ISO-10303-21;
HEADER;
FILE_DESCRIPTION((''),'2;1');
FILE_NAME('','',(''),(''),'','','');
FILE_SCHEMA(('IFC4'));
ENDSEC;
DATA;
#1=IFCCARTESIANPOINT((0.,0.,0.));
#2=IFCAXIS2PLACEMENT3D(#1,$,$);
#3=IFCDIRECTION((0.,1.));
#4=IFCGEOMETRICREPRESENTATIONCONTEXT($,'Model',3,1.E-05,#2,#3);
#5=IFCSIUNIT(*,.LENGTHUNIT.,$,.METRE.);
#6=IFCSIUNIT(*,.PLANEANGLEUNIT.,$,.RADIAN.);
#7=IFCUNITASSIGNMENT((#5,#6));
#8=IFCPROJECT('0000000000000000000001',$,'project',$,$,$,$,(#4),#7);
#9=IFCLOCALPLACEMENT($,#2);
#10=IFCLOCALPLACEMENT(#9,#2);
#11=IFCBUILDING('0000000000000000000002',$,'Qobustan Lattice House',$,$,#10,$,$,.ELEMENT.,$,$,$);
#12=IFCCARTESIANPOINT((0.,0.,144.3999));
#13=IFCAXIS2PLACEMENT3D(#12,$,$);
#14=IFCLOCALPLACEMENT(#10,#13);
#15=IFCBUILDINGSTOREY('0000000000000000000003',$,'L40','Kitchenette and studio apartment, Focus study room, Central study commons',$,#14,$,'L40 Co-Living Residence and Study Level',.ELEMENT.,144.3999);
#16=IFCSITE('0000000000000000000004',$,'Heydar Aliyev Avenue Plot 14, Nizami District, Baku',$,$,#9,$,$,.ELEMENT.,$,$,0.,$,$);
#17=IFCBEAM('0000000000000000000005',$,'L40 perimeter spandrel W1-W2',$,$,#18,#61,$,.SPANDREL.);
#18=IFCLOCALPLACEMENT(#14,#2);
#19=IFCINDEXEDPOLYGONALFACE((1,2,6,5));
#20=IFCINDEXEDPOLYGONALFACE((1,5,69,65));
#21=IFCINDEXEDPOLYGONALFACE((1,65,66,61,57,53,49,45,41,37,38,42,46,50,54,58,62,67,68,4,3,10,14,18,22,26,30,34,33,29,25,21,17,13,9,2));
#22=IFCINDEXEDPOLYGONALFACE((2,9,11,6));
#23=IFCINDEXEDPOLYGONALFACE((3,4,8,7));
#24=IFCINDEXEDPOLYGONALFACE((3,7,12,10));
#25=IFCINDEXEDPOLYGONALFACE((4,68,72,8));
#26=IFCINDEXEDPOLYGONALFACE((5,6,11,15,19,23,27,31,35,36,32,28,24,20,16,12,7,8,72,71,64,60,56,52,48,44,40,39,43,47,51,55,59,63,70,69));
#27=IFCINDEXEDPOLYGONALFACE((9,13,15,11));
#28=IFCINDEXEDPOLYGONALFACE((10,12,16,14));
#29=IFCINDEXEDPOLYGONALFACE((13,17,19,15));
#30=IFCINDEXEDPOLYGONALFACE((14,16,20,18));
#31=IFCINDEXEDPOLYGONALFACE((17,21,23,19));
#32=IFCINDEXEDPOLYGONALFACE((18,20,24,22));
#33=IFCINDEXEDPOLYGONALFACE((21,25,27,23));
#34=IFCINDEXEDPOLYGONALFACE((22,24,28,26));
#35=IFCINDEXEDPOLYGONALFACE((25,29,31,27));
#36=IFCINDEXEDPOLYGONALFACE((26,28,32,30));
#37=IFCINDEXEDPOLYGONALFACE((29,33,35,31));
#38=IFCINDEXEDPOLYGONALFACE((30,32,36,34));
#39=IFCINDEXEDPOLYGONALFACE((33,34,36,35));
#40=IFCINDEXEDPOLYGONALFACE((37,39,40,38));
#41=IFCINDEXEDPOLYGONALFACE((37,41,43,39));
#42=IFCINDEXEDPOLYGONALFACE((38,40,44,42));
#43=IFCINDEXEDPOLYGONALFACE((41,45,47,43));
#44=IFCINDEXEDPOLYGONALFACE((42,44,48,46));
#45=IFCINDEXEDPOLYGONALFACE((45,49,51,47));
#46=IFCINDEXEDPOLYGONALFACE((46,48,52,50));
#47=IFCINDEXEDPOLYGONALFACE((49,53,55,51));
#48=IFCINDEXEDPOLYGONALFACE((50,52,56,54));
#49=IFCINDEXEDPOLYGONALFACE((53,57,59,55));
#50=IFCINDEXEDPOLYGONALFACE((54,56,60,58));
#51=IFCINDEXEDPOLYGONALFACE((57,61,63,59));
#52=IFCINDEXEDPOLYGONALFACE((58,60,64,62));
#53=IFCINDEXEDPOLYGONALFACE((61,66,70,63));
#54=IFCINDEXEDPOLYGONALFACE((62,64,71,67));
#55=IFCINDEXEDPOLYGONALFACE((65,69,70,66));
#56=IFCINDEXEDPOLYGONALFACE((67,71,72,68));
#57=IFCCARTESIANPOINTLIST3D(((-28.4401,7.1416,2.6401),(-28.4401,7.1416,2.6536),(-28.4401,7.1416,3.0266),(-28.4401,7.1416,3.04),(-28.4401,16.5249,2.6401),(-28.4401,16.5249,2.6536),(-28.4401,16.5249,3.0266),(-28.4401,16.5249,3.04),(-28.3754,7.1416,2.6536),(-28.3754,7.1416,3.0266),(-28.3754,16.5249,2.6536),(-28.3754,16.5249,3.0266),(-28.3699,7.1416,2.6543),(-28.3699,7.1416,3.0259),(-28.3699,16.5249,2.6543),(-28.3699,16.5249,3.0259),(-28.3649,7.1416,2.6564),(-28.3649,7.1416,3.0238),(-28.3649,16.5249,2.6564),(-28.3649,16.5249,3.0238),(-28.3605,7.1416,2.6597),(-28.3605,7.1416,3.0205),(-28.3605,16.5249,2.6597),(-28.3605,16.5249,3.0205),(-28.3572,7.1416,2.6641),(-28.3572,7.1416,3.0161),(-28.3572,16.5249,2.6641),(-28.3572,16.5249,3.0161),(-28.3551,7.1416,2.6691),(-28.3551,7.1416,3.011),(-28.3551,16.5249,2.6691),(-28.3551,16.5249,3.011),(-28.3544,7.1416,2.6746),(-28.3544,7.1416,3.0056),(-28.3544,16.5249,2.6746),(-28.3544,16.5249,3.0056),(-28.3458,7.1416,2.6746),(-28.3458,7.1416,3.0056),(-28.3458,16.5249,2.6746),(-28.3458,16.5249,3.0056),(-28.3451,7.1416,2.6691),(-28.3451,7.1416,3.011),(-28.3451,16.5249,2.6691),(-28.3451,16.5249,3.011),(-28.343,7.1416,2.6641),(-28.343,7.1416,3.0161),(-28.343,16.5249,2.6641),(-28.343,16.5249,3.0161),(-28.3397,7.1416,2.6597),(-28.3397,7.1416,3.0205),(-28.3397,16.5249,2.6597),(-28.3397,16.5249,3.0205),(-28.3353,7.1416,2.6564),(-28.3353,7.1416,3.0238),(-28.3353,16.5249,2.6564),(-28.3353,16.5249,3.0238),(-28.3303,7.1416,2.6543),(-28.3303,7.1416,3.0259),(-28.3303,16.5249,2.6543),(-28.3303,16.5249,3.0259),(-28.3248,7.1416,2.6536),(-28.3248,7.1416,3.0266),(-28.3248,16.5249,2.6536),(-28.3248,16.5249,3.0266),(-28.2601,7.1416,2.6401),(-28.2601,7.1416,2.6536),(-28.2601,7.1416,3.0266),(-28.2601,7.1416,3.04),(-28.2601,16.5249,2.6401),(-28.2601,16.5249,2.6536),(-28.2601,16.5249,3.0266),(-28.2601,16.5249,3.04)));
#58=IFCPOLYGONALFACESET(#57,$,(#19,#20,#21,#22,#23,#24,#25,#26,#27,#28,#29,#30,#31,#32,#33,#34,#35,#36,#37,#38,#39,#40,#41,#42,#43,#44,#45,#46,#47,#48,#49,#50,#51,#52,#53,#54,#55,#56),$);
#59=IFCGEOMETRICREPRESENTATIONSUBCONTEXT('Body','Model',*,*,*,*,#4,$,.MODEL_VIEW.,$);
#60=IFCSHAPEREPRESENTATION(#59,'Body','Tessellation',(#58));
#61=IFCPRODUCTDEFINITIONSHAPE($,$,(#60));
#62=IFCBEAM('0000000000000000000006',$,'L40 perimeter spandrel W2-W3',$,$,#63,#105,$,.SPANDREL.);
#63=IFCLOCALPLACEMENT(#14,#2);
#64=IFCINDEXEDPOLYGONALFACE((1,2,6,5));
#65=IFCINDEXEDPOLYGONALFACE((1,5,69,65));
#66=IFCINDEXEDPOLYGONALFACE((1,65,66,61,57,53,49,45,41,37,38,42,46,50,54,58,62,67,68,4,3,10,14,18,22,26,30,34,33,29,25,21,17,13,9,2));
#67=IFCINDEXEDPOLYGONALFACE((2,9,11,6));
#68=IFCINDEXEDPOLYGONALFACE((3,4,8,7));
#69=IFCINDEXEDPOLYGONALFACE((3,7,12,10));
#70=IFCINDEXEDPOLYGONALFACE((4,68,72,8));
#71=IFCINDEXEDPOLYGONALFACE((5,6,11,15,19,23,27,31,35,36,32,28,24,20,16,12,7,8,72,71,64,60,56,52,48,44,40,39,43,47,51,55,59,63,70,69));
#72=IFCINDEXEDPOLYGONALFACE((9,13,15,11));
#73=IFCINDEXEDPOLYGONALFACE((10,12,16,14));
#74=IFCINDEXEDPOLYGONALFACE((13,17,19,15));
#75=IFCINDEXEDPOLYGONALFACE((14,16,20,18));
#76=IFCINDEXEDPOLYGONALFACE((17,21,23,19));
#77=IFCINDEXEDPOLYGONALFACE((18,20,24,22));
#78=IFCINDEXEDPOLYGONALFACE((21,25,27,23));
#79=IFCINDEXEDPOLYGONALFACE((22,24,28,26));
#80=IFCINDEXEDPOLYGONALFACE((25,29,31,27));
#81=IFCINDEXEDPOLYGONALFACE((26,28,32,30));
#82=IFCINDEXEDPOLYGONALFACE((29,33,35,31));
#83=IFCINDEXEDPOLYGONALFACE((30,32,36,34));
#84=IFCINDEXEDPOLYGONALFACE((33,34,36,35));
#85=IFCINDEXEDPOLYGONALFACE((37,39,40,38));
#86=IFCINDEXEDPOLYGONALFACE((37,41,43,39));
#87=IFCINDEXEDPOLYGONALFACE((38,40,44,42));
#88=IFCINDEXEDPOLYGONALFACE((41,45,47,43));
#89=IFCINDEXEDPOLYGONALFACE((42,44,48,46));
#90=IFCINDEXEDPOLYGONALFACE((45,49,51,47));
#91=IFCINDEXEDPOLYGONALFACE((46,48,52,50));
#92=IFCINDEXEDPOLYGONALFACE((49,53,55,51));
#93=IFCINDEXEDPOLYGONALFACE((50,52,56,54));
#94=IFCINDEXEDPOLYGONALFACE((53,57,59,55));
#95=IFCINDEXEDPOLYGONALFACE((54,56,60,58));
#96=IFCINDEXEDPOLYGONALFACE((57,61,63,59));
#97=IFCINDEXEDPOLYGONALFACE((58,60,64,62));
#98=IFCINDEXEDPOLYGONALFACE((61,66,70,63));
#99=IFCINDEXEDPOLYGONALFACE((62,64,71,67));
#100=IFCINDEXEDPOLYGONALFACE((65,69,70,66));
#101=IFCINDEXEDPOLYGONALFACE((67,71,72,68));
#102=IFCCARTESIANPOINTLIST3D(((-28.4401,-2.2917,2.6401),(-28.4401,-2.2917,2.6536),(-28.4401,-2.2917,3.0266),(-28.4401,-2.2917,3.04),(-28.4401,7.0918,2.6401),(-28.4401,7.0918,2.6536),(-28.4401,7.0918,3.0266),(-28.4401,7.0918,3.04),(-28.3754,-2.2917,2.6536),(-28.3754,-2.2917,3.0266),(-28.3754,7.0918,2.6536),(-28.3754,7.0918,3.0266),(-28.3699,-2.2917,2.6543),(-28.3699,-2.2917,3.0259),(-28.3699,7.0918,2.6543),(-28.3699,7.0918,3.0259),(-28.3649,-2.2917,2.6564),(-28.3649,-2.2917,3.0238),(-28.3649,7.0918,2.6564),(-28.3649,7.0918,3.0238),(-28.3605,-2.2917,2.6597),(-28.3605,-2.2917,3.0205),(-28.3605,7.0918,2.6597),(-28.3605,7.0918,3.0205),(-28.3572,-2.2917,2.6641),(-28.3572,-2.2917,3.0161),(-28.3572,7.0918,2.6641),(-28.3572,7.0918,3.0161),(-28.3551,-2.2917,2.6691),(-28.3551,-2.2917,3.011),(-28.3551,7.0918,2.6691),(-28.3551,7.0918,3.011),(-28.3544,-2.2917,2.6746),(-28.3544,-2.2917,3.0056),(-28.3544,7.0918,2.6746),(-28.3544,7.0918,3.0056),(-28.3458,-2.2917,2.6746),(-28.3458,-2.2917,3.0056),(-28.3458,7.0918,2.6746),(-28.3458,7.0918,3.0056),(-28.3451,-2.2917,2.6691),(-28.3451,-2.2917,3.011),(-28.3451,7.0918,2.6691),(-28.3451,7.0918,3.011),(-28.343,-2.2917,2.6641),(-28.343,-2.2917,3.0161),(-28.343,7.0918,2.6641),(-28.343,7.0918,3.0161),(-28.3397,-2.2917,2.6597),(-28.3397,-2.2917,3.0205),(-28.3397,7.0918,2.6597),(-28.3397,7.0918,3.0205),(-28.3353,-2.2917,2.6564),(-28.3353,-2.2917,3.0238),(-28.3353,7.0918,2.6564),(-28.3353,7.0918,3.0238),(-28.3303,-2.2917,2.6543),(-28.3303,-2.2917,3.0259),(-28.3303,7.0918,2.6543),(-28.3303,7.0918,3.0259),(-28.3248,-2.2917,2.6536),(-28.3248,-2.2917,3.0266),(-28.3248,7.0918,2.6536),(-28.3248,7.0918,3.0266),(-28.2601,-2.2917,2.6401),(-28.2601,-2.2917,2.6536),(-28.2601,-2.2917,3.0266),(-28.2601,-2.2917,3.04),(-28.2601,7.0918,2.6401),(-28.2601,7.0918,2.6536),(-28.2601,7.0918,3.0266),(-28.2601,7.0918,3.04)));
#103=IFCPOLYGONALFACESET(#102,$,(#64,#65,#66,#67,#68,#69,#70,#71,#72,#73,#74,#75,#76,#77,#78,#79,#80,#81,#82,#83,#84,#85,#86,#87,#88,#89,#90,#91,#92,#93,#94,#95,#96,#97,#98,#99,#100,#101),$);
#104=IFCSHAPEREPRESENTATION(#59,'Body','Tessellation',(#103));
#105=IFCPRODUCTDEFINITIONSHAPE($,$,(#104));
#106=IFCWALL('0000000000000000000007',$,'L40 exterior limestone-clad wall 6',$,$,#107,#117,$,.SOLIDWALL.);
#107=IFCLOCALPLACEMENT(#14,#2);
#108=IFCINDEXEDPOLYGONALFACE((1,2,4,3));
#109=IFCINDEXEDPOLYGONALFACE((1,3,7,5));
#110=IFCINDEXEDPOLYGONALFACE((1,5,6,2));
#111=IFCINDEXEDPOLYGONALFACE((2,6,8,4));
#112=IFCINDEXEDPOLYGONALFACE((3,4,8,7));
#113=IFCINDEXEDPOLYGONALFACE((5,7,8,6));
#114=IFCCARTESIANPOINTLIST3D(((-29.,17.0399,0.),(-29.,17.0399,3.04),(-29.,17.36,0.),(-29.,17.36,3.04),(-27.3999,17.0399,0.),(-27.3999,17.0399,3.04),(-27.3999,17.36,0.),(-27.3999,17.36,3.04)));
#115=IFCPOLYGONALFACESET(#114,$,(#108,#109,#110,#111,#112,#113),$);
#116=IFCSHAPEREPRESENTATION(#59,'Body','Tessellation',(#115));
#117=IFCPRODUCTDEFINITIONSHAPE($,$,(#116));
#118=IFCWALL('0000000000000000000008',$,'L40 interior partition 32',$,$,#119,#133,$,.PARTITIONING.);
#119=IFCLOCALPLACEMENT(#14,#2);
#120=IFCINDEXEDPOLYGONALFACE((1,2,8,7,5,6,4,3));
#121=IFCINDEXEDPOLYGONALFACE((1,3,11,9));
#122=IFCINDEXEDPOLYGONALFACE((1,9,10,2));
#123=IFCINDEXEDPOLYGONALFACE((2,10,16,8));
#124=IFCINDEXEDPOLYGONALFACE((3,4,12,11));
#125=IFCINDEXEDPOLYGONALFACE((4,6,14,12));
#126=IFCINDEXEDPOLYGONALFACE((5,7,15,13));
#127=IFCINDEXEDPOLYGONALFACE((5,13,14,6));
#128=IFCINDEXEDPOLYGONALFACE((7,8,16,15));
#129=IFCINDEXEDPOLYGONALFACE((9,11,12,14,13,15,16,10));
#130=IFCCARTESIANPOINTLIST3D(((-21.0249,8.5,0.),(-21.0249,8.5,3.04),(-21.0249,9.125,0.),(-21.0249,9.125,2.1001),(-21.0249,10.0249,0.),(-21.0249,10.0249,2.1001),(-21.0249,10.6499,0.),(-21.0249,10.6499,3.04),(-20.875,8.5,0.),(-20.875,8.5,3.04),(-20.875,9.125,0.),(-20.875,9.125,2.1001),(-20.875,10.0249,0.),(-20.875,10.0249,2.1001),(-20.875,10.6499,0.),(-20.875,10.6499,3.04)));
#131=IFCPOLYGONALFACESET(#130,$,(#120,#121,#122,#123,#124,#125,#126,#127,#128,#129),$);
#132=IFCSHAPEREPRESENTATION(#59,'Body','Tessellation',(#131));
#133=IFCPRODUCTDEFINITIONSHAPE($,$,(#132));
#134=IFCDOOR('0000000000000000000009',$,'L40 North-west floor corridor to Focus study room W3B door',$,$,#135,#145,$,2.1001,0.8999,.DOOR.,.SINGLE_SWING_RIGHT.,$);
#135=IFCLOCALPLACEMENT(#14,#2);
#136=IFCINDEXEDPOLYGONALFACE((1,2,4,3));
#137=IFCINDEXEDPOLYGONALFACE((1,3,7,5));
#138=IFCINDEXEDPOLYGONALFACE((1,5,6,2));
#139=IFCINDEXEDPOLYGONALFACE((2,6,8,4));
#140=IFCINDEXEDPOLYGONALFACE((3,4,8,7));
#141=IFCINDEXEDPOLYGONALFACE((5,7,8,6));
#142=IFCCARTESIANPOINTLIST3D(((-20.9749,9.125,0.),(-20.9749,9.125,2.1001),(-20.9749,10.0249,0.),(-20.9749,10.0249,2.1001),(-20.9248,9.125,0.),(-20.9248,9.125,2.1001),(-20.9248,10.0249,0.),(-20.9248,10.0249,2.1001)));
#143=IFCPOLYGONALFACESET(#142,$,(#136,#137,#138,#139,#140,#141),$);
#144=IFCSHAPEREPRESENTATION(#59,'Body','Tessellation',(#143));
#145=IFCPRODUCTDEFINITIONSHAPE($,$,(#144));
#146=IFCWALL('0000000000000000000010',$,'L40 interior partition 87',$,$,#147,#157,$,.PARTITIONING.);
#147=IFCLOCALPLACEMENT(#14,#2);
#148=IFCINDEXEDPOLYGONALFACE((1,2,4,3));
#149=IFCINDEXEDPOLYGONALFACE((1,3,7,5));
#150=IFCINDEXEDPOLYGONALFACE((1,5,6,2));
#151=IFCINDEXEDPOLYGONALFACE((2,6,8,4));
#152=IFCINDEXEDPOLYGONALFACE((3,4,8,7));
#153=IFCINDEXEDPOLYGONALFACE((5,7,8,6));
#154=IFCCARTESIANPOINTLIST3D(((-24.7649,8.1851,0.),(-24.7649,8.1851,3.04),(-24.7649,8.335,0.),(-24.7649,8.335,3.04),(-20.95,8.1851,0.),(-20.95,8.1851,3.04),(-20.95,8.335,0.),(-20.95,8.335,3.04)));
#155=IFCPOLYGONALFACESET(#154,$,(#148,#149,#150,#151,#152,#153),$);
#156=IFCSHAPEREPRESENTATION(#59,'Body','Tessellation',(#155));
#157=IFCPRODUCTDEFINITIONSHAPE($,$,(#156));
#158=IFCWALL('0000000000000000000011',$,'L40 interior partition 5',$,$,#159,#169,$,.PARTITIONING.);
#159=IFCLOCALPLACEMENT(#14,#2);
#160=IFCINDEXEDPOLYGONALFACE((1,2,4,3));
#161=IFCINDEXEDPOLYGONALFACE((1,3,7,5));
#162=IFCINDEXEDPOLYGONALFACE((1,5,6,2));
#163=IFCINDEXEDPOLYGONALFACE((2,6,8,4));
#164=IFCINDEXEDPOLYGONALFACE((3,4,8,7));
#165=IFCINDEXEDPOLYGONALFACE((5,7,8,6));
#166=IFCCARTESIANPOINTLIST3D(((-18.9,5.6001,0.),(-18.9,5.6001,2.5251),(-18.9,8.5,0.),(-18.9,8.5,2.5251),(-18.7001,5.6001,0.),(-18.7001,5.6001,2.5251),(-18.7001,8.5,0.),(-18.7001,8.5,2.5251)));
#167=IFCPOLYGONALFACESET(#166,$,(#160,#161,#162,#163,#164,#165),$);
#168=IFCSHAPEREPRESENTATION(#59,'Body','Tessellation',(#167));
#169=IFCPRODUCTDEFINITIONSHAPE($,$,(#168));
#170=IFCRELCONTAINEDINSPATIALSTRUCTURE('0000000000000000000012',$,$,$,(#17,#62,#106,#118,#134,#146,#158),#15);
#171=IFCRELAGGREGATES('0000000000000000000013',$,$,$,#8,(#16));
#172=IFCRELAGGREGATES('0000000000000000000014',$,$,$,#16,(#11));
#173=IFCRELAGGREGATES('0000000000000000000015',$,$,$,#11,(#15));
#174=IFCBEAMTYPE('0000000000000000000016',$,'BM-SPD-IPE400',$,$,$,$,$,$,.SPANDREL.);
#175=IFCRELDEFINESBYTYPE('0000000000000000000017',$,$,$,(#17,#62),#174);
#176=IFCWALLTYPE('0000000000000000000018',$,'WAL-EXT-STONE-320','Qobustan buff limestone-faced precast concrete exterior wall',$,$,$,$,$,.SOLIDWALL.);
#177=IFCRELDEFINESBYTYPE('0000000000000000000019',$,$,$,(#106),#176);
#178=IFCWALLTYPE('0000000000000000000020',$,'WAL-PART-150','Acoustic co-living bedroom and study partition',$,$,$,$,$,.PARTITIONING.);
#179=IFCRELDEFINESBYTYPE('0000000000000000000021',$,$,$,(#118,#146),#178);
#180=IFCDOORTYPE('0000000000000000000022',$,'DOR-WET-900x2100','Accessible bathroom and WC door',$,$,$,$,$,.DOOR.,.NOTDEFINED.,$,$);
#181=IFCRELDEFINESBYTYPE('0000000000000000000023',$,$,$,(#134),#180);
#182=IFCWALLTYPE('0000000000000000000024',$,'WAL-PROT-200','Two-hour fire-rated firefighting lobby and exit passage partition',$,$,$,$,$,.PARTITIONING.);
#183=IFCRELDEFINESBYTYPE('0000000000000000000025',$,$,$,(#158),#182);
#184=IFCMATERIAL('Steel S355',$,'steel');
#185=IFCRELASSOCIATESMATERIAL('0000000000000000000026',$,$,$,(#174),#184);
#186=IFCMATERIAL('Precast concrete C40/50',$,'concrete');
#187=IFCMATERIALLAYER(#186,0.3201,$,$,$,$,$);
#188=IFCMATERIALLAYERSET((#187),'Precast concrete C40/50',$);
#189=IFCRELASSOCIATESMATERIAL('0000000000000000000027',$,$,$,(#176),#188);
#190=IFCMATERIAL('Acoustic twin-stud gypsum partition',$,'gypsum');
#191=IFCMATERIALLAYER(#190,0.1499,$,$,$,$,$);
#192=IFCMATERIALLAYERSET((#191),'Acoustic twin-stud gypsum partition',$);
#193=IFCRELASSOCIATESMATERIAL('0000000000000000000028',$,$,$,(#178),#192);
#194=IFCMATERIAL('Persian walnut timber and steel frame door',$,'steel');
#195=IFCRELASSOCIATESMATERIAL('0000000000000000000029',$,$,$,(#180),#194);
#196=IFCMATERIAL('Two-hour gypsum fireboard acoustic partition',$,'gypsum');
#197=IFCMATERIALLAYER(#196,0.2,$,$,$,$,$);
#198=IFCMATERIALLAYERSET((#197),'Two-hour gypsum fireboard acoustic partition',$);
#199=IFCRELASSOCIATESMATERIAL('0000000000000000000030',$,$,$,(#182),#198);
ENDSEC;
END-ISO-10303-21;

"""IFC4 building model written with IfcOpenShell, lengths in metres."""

from ifc_helpers import new_model, si_unit, direction, frame, frame_2d, origin, origin_2d, place, context, subcontext, project, spatial, rectangle, i_section, extrude, material, layer, layer_set, material_profile, profile_set, type_object, element, fill, save


model = new_model("IFC4")

# Units and contexts
model_context = context("Model", 3, precision=1e-05, world=origin(), true_north=direction((0.0, 1.0)))
body_context = subcontext(model_context, "Body", "Model", "MODEL_VIEW")
ifc_project = project(units=[si_unit("LENGTHUNIT", "METRE"), si_unit("PLANEANGLEUNIT", "RADIAN")], contexts=[model_context])

# Site, building, storey
site_placement = place(None, origin())
site = spatial("IfcSite", under=ifc_project, at=site_placement, Name="Heydar Aliyev Avenue Plot 14, Nizami District, Baku", CompositionType="ELEMENT", RefElevation=0.0)
building_placement = place(site_placement, origin())
building = spatial("IfcBuilding", under=site, at=building_placement, Name="Qobustan Lattice House", CompositionType="ELEMENT")
storey_placement = place(building_placement, frame((0.0, 0.0, 144.3999)))
storey = spatial("IfcBuildingStorey", under=building, at=storey_placement, Name="L40", Description="Kitchenette and studio apartment, Focus study room, Central study commons", LongName="L40 Co-Living Residence and Study Level", CompositionType="ELEMENT", Elevation=144.3999)

# Beams
ifc_material_1 = material(Name="Steel S355", Category="steel")
ifc_material_profile_1 = material_profile(ifc_material_1, i_section(OverallWidth=0.1799, OverallDepth=0.3999, WebThickness=0.0085, FlangeThickness=0.0134, FilletRadius=0.021, at=origin_2d()), Name="IPE400")
ifc_profile_set_1 = profile_set([ifc_material_profile_1], Name="Steel S355")
beam_type_1 = type_object("IfcBeamType", Name="BM-SPD-IPE400", PredefinedType="SPANDREL", material=ifc_profile_set_1)
beam_1_placement = place(storey_placement, frame((-28.3501, 16.5249, 2.8401), z_axis=(0.0, -1.0, 0.0), x_axis=(1.0, 0.0, 0.0)))
element("IfcBeam", 1, at=beam_1_placement, inside=storey, type_object=beam_type_1, Name="L40 perimeter spandrel W1-W2", PredefinedType="SPANDREL", context=body_context, shape_type="SweptSolid", body=[
    extrude(i_section(OverallWidth=0.1799, OverallDepth=0.3999, WebThickness=0.0085, FlangeThickness=0.0134, FilletRadius=0.021, at=origin_2d()), origin(), (0.0, 0.0, 1.0), 9.3833),
])
beam_2_placement = place(storey_placement, frame((-28.3501, 7.0918, 2.8401), z_axis=(0.0, -1.0, 0.0), x_axis=(1.0, 0.0, 0.0)))
element("IfcBeam", 2, at=beam_2_placement, inside=storey, type_object=beam_type_1, Name="L40 perimeter spandrel W2-W3", PredefinedType="SPANDREL", context=body_context, shape_type="SweptSolid", body=[
    extrude(i_section(OverallWidth=0.1799, OverallDepth=0.3999, WebThickness=0.0085, FlangeThickness=0.0134, FilletRadius=0.021, at=origin_2d()), origin(), (0.0, 0.0, 1.0), 9.3835),
])

# Wall
ifc_material_2 = material(Name="Precast concrete C40/50", Category="concrete")
ifc_layer_1 = layer(ifc_material_2, 0.3201)
ifc_layer_set_1 = layer_set([ifc_layer_1], Name="Precast concrete C40/50")
wall_type_1 = type_object("IfcWallType", Name="WAL-EXT-STONE-320", Description="Qobustan buff limestone-faced precast concrete exterior wall", PredefinedType="SOLIDWALL", material=ifc_layer_set_1)
wall_1_placement = place(storey_placement, frame((-29.0, 17.2, 0.0), z_axis=(0.0, 0.0, 1.0), x_axis=(1.0, 0.0, 0.0)))
element("IfcWall", 3, at=wall_1_placement, inside=storey, type_object=wall_type_1, Name="L40 exterior limestone-clad wall 6", PredefinedType="SOLIDWALL", context=body_context, shape_type="SweptSolid", body=[
    extrude(rectangle(XDim=1.6001, YDim=0.3201, at=frame_2d((0.8, 0.0))), origin(), (0.0, 0.0, 1.0), 3.04),
])

# Wall, opening, door
ifc_material_3 = material(Name="Acoustic twin-stud gypsum partition", Category="gypsum")
ifc_layer_2 = layer(ifc_material_3, 0.1499)
ifc_layer_set_2 = layer_set([ifc_layer_2], Name="Acoustic twin-stud gypsum partition")
wall_type_2 = type_object("IfcWallType", Name="WAL-PART-150", Description="Acoustic co-living bedroom and study partition", PredefinedType="PARTITIONING", material=ifc_layer_set_2)
wall_2_placement = place(storey_placement, frame((-20.95, 8.5, 0.0), z_axis=(0.0, 0.0, 1.0), x_axis=(0.0, 1.0, 0.0)))
wall_2 = element("IfcWall", 4, at=wall_2_placement, inside=storey, type_object=wall_type_2, Name="L40 interior partition 32", PredefinedType="PARTITIONING", context=body_context, shape_type="SweptSolid", body=[
    extrude(rectangle(XDim=2.1499, YDim=0.1499, at=frame_2d((1.075, 0.0))), origin(), (0.0, 0.0, 1.0), 3.04),
])
opening_1_placement = place(wall_2_placement, frame((0.625, 0.0, 0.0)))
opening_1 = element("IfcOpeningElement", 5, at=opening_1_placement, cuts=wall_2, PredefinedType="OPENING", context=body_context, shape_type="SweptSolid", body=[
    extrude(rectangle(XDim=0.8999, YDim=2.1001, at=frame_2d((0.45, 1.05))), frame((0.0, 0.085, 0.0), z_axis=(0.0, -1.0, 0.0), x_axis=(1.0, 0.0, 0.0)), (0.0, 0.0, 1.0), 0.1699),
])
ifc_material_4 = material(Name="Persian walnut timber and steel frame door", Category="steel")
door_type_1 = type_object("IfcDoorType", Name="DOR-WET-900x2100", Description="Accessible bathroom and WC door", OperationType="NOTDEFINED", PredefinedType="DOOR", material=ifc_material_4)
door_1_placement = place(opening_1_placement, origin())
door_1 = element("IfcDoor", 6, at=door_1_placement, inside=storey, type_object=door_type_1, Name="L40 North-west floor corridor to Focus study room W3B door", OperationType="SINGLE_SWING_RIGHT", OverallHeight=2.1001, OverallWidth=0.8999, PredefinedType="DOOR", context=body_context, shape_type="SweptSolid", body=[
    extrude(rectangle(XDim=0.8999, YDim=2.1001, at=frame_2d((0.45, 1.05))), frame((0.0, 0.0249, 0.0), z_axis=(0.0, -1.0, 0.0), x_axis=(1.0, 0.0, 0.0)), (0.0, 0.0, 1.0), 0.05),
])
fill(opening_1, door_1)

# Walls
wall_3_placement = place(storey_placement, frame((-24.7649, 8.26, 0.0), z_axis=(0.0, 0.0, 1.0), x_axis=(1.0, 0.0, 0.0)))
element("IfcWall", 7, at=wall_3_placement, inside=storey, type_object=wall_type_2, Name="L40 interior partition 87", PredefinedType="PARTITIONING", context=body_context, shape_type="SweptSolid", body=[
    extrude(rectangle(XDim=3.8149, YDim=0.1499, at=frame_2d((1.9075, 0.0))), origin(), (0.0, 0.0, 1.0), 3.04),
])
ifc_material_5 = material(Name="Two-hour gypsum fireboard acoustic partition", Category="gypsum")
ifc_layer_3 = layer(ifc_material_5, 0.2)
ifc_layer_set_3 = layer_set([ifc_layer_3], Name="Two-hour gypsum fireboard acoustic partition")
wall_type_3 = type_object("IfcWallType", Name="WAL-PROT-200", Description="Two-hour fire-rated firefighting lobby and exit passage partition", PredefinedType="PARTITIONING", material=ifc_layer_set_3)
wall_4_placement = place(storey_placement, frame((-18.8, 8.5, 0.0), z_axis=(0.0, 0.0, 1.0), x_axis=(0.0, -1.0, 0.0)))
element("IfcWall", 8, at=wall_4_placement, inside=storey, type_object=wall_type_3, Name="L40 interior partition 5", PredefinedType="PARTITIONING", context=body_context, shape_type="SweptSolid", body=[
    extrude(rectangle(XDim=2.8999, YDim=0.2, at=frame_2d((1.45, 0.0))), origin(), (0.0, 0.0, 1.0), 2.5251),
])

save(model, "model.ifc")
